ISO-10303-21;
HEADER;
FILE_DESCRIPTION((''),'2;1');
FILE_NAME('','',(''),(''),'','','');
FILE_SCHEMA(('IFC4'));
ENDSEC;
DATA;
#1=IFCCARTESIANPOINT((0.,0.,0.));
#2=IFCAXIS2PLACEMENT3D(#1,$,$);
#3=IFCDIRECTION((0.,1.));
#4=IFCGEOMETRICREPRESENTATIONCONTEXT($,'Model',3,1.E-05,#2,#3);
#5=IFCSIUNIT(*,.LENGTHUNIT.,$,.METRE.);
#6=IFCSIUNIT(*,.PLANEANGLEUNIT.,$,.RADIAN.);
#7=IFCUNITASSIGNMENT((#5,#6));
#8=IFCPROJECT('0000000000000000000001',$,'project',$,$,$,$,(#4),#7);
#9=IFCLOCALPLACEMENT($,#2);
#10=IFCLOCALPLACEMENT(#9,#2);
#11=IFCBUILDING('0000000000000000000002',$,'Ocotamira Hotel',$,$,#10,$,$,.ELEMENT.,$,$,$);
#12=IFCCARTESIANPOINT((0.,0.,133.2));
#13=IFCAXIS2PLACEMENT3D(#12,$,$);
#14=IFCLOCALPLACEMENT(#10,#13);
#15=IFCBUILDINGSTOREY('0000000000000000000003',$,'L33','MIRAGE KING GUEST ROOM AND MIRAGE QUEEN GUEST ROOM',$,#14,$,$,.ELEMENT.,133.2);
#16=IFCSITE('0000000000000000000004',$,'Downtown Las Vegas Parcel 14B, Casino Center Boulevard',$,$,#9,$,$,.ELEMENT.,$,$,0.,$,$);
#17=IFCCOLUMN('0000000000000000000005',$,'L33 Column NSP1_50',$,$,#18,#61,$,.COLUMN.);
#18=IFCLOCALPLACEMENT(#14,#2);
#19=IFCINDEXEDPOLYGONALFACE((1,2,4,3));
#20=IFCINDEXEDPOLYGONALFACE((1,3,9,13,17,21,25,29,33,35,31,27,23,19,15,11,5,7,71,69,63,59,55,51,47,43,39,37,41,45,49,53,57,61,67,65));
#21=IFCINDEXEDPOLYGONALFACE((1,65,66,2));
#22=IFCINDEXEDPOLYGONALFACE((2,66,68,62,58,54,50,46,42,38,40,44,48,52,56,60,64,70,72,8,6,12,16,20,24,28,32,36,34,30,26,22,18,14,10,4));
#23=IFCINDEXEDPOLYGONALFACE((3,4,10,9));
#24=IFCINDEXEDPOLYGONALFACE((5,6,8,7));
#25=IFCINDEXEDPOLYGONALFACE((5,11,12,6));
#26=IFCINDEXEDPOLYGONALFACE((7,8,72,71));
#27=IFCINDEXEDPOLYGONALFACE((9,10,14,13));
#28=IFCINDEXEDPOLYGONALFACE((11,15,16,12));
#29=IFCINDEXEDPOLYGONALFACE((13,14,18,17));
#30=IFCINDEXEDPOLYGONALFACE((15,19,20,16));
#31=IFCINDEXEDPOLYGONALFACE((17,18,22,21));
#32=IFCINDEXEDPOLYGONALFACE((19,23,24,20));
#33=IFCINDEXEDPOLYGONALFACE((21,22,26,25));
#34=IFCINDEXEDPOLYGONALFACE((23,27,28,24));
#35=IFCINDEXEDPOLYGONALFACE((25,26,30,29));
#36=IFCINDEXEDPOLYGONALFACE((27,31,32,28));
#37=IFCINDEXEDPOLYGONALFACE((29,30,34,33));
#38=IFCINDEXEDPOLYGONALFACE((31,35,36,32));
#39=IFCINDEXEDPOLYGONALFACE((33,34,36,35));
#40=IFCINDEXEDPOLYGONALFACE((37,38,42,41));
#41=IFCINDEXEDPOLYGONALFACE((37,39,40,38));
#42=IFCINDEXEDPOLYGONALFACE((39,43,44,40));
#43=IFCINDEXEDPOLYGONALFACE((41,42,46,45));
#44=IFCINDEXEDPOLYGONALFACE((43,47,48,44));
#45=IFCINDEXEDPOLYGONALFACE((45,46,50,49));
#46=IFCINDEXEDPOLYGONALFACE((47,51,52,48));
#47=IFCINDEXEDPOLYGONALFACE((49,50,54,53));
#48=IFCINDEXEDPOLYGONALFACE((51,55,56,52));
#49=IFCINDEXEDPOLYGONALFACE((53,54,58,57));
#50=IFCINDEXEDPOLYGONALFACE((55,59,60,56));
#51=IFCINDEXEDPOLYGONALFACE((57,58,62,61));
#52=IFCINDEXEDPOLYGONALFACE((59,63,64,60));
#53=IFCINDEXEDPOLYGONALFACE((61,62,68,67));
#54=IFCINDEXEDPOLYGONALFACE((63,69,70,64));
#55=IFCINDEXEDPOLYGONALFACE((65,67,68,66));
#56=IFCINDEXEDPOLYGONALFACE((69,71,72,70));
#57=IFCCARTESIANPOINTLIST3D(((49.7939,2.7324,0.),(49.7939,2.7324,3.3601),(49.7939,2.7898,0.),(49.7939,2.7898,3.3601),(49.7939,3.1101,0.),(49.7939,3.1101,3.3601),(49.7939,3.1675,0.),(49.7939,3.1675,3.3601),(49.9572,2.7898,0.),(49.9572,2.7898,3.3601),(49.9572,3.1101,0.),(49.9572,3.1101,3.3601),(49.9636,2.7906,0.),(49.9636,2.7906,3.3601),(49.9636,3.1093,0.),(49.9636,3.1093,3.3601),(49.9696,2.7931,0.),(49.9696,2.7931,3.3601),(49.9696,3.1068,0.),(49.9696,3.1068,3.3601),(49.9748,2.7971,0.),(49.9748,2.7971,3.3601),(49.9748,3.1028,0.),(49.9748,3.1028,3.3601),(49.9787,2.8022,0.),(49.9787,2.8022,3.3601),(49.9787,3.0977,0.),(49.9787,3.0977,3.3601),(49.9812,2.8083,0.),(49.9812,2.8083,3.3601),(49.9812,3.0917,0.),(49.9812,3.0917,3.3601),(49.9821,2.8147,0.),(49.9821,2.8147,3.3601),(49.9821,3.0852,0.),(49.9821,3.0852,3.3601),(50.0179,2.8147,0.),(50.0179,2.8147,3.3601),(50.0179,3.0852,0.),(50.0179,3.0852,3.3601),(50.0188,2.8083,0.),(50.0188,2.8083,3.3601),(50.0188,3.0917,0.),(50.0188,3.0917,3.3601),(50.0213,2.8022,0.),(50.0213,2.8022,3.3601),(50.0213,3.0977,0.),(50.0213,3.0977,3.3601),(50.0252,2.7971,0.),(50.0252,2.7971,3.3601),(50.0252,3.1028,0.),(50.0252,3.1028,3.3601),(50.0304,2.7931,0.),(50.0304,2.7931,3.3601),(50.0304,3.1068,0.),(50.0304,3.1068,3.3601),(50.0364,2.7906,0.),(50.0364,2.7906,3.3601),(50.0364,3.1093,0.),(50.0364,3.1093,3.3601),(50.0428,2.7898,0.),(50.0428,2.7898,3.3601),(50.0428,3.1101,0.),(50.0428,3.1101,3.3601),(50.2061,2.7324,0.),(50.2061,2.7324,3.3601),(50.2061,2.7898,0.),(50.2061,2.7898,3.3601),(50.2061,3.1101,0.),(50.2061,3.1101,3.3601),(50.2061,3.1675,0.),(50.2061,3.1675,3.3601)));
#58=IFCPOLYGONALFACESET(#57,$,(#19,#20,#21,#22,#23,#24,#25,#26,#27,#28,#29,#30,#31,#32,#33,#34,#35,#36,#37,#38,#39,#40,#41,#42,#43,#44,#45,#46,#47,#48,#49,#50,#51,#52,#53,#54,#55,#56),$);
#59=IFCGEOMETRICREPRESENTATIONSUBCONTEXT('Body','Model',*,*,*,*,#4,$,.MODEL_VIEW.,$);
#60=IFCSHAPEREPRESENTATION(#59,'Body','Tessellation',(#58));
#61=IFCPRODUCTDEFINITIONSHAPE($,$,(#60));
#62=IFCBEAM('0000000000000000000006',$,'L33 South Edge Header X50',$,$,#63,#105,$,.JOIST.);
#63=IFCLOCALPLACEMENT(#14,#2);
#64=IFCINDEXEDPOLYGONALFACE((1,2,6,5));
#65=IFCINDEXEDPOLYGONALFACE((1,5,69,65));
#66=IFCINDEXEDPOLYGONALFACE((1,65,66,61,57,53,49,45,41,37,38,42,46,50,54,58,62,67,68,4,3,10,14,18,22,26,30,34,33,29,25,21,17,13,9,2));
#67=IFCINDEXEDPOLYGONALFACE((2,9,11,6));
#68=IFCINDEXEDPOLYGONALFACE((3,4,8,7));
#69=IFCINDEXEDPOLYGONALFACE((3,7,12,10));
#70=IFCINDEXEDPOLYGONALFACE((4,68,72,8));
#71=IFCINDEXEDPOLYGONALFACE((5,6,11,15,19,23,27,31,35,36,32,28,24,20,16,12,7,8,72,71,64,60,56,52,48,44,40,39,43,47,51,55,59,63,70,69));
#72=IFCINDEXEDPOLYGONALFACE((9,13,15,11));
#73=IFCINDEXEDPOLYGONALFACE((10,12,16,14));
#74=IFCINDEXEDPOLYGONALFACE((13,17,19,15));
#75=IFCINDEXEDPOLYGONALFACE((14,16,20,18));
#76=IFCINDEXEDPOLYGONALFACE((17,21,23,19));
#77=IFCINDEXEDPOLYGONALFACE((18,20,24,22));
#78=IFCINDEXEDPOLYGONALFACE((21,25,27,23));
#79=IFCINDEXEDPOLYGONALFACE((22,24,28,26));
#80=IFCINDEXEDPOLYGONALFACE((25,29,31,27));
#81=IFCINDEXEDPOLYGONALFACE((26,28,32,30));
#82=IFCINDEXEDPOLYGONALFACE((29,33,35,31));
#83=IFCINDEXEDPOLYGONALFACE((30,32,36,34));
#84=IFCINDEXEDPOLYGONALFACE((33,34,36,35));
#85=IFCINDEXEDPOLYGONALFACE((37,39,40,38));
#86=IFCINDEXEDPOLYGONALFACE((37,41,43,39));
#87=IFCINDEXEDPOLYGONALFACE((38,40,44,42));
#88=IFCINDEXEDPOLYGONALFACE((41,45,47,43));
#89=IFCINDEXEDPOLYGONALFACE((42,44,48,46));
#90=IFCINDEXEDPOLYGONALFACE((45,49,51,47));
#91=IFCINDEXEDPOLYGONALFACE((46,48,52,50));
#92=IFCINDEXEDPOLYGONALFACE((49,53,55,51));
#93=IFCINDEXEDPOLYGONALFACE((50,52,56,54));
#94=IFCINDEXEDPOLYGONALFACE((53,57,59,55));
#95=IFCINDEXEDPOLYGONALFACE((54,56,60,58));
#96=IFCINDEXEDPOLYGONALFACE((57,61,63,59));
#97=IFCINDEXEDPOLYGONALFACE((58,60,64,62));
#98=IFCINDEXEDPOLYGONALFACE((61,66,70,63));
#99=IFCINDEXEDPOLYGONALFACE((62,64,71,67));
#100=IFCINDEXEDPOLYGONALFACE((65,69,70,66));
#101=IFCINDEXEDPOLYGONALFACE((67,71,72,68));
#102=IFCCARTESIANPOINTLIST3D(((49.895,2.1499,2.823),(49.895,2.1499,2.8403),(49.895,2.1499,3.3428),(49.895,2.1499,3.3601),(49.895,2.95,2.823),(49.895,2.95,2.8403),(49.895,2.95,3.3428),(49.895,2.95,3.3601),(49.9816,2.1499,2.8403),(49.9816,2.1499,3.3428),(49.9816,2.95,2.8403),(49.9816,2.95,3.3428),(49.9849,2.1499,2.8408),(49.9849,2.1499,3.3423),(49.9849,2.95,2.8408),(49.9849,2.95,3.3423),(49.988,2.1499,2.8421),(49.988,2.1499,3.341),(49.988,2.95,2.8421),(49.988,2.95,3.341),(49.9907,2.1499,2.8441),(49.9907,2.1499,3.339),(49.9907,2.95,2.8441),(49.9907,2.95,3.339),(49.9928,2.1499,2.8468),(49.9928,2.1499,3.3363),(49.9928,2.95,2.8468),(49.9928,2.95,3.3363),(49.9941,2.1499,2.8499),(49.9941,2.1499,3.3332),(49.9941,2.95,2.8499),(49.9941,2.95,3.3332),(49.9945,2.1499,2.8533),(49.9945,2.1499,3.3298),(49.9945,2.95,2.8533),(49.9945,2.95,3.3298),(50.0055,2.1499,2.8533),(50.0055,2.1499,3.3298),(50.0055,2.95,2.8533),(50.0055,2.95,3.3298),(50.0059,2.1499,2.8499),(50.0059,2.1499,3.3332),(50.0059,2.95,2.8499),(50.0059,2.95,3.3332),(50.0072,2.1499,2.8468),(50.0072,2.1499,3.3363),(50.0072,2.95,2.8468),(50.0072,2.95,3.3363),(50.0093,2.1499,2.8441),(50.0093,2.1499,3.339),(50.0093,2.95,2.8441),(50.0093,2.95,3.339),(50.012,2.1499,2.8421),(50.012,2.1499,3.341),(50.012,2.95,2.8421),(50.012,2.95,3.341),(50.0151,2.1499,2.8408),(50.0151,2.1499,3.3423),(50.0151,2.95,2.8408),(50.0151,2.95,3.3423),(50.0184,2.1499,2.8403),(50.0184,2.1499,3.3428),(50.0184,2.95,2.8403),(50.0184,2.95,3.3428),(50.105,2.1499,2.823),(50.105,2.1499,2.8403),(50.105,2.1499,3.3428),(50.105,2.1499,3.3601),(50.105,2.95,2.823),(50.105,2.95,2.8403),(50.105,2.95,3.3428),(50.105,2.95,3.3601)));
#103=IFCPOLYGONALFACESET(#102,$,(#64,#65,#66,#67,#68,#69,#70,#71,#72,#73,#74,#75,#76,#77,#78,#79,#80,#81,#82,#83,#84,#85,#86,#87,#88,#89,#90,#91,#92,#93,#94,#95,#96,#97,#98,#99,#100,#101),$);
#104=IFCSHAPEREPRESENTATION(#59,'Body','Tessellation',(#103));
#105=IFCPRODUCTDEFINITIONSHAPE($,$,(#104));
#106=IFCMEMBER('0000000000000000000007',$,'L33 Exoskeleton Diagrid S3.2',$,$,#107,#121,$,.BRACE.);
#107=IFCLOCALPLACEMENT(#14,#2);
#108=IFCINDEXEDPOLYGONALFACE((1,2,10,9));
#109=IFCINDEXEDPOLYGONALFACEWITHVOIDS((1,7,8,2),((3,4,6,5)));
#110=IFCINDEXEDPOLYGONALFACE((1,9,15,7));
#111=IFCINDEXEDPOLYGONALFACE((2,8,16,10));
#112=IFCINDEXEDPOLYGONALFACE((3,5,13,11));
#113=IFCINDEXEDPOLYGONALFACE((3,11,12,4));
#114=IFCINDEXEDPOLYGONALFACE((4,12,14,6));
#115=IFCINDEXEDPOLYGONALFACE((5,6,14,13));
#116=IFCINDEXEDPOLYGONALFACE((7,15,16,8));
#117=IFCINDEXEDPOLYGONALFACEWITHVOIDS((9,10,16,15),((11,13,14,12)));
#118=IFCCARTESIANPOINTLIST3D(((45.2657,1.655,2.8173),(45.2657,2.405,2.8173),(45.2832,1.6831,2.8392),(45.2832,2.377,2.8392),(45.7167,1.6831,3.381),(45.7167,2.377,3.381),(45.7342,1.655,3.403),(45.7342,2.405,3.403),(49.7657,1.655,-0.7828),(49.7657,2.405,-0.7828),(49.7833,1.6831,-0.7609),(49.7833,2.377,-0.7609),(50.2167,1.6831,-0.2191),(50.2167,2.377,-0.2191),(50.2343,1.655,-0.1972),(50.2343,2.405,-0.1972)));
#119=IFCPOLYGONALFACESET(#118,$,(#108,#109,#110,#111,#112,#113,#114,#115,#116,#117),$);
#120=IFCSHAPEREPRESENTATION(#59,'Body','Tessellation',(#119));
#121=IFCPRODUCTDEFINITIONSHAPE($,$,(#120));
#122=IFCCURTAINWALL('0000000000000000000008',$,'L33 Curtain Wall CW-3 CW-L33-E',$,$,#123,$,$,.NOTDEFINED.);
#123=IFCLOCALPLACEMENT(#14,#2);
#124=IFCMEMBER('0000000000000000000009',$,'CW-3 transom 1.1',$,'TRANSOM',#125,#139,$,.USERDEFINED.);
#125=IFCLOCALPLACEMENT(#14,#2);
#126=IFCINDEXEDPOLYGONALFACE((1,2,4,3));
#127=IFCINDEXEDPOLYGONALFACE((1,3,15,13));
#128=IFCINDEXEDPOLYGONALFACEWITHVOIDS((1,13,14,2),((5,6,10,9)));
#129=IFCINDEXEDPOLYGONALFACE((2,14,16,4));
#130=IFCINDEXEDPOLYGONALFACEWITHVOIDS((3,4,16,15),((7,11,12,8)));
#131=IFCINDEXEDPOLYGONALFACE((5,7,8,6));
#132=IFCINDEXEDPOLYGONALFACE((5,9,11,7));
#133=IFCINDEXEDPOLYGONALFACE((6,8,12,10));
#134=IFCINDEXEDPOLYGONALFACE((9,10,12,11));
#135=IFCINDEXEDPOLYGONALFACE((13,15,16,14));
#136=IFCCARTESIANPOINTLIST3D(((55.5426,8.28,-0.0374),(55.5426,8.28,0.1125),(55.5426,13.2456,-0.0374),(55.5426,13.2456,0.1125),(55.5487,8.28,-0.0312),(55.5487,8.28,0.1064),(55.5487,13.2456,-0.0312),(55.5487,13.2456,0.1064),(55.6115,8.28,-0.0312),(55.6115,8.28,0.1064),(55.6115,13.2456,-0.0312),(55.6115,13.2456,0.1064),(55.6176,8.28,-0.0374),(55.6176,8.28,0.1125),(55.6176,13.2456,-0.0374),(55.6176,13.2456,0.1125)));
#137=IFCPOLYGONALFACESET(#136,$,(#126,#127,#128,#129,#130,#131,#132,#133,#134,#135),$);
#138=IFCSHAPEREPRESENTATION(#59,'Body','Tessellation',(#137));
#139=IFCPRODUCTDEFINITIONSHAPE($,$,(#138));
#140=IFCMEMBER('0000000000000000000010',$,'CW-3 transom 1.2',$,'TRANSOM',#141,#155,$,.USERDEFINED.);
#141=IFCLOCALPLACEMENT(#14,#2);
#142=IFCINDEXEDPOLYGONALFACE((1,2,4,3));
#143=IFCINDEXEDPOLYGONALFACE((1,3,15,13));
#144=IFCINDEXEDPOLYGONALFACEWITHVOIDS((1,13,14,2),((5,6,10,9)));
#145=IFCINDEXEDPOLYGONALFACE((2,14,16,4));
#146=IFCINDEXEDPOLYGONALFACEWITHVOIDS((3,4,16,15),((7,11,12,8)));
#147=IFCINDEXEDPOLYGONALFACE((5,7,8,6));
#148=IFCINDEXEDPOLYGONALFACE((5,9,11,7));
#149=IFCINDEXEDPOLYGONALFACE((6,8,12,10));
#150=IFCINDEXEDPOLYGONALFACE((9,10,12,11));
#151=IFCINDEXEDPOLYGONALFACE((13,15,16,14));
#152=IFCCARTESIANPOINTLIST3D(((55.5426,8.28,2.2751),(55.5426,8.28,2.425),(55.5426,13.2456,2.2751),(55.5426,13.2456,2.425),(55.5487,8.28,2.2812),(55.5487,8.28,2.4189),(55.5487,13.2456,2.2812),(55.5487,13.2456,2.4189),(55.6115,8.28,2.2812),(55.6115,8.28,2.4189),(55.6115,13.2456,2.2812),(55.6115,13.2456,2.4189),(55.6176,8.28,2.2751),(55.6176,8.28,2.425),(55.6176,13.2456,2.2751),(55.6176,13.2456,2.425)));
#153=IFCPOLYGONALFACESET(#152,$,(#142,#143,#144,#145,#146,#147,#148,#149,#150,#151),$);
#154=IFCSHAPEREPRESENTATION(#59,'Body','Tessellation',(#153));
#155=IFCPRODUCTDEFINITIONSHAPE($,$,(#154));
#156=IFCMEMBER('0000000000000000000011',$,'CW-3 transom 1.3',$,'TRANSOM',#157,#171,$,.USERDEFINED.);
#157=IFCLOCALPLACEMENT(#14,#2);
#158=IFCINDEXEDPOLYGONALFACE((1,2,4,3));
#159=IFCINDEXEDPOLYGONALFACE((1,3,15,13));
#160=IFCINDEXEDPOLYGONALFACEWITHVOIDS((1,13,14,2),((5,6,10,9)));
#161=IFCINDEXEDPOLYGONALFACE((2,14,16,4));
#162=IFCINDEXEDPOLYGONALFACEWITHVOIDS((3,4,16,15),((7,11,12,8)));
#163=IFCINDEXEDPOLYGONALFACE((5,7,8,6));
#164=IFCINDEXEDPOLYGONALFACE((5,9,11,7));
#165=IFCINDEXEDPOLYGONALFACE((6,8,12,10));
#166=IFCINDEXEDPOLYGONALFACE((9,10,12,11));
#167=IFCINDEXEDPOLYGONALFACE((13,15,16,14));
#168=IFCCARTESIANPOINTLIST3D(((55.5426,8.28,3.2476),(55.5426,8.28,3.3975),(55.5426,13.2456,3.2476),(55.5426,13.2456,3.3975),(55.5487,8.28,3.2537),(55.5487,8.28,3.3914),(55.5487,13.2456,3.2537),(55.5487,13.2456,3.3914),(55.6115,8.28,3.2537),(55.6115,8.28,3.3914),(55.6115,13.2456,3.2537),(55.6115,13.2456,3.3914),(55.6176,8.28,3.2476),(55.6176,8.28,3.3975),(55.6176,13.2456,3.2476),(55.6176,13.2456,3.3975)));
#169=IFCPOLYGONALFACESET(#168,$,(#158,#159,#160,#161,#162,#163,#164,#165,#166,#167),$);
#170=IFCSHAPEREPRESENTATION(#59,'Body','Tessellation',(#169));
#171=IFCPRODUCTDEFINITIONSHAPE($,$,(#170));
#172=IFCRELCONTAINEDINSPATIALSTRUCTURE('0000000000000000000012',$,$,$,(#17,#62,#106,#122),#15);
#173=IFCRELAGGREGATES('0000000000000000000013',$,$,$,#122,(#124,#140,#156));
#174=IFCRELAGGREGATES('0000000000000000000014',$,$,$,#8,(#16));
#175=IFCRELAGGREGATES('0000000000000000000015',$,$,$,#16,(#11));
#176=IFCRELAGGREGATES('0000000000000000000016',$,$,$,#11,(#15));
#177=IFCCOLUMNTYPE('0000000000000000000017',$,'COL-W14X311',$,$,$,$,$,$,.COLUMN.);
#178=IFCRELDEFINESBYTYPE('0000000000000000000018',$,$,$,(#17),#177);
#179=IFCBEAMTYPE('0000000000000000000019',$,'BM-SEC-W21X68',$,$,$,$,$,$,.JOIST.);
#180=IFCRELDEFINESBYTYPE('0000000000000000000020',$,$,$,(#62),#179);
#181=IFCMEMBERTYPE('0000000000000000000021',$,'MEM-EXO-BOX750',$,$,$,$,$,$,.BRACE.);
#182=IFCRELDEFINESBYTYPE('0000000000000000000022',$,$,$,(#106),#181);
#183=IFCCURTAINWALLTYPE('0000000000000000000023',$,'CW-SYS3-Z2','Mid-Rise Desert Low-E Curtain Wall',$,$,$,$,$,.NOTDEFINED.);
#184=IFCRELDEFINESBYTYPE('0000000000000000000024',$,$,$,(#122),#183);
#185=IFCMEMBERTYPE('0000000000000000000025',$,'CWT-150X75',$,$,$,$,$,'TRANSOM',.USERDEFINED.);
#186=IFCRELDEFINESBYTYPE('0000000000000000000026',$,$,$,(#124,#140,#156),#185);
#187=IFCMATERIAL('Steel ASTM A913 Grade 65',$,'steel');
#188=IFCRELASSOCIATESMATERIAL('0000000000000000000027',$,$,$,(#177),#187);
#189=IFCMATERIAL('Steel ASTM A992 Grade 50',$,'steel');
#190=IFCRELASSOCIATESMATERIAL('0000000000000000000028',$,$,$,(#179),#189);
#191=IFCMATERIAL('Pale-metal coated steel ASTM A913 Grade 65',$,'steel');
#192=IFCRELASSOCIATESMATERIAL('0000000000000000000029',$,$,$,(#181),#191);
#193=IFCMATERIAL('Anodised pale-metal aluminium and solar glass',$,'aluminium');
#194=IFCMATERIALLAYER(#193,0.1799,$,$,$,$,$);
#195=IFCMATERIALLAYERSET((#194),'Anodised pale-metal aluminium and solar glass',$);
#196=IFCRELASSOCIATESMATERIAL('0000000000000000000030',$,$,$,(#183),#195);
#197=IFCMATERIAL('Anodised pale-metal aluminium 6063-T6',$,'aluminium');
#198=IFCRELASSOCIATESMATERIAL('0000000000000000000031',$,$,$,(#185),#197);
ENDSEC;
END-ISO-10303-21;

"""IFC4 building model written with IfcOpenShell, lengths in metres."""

from ifc_helpers import new_model, si_unit, direction, frame, origin, origin_2d, place, context, subcontext, project, spatial, hollow_rectangle, i_section, extrude, source, transform, mapped, material, layer, layer_set, material_profile, profile_set, type_object, element, aggregate, save


model = new_model("IFC4")

# Units and contexts
model_context = context("Model", 3, precision=1e-05, world=origin(), true_north=direction((0.0, 1.0)))
body_context = subcontext(model_context, "Body", "Model", "MODEL_VIEW")
ifc_project = project(units=[si_unit("LENGTHUNIT", "METRE"), si_unit("PLANEANGLEUNIT", "RADIAN")], contexts=[model_context])

# Site, building, storey
site_placement = place(None, origin())
site = spatial("IfcSite", under=ifc_project, at=site_placement, Name="Downtown Las Vegas Parcel 14B, Casino Center Boulevard", CompositionType="ELEMENT", RefElevation=0.0)
building_placement = place(site_placement, origin())
building = spatial("IfcBuilding", under=site, at=building_placement, Name="Ocotamira Hotel", CompositionType="ELEMENT")
storey_placement = place(building_placement, frame((0.0, 0.0, 133.2)))
storey = spatial("IfcBuildingStorey", under=building, at=storey_placement, Name="L33", Description="MIRAGE KING GUEST ROOM AND MIRAGE QUEEN GUEST ROOM", CompositionType="ELEMENT", Elevation=133.2)

# Column
ifc_material_1 = material(Name="Steel ASTM A913 Grade 65", Category="steel")
ifc_material_profile_1 = material_profile(ifc_material_1, i_section(OverallWidth=0.4121, OverallDepth=0.4351, WebThickness=0.0359, FlangeThickness=0.0574, FilletRadius=0.0249, at=origin_2d()), Name="W14X311")
ifc_profile_set_1 = profile_set([ifc_material_profile_1], Name="Steel ASTM A913 Grade 65")
column_type = type_object("IfcColumnType", Name="COL-W14X311", PredefinedType="COLUMN", material=ifc_profile_set_1)
shared_shape_1 = source(origin(), body_context, "Body", "SweptSolid", [
    extrude(i_section(OverallWidth=0.4121, OverallDepth=0.4351, WebThickness=0.0359, FlangeThickness=0.0574, FilletRadius=0.0249, at=origin_2d()), origin(), (0.0, 0.0, 1.0), 3.3601),
])
column_placement = place(storey_placement, frame((50.0, 2.95, 0.0), z_axis=(0.0, 0.0, 1.0), x_axis=(1.0, 0.0, 0.0)))
element("IfcColumn", 1, at=column_placement, inside=storey, type_object=column_type, Name="L33 Column NSP1_50", PredefinedType="COLUMN", context=body_context, shape_type="MappedRepresentation", body=[
    mapped(shared_shape_1, transform((0.0, 0.0, 0.0), scale=1.0)),
])

# Beam
ifc_material_2 = material(Name="Steel ASTM A992 Grade 50", Category="steel")
ifc_material_profile_2 = material_profile(ifc_material_2, i_section(OverallWidth=0.21, OverallDepth=0.5371, WebThickness=0.011, FlangeThickness=0.0173, FilletRadius=0.0129, at=origin_2d()), Name="W21X68")
ifc_profile_set_2 = profile_set([ifc_material_profile_2], Name="Steel ASTM A992 Grade 50")
beam_type = type_object("IfcBeamType", Name="BM-SEC-W21X68", PredefinedType="JOIST", material=ifc_profile_set_2)
shared_shape_2 = source(origin(), body_context, "Body", "SweptSolid", [
    extrude(i_section(OverallWidth=0.21, OverallDepth=0.5371, WebThickness=0.011, FlangeThickness=0.0173, FilletRadius=0.0129, at=origin_2d()), origin(), (0.0, 0.0, 1.0), 0.8),
])
beam_placement = place(storey_placement, frame((50.0, 2.95, 3.0916), z_axis=(0.0, -1.0, 0.0), x_axis=(1.0, 0.0, 0.0)))
element("IfcBeam", 2, at=beam_placement, inside=storey, type_object=beam_type, Name="L33 South Edge Header X50", PredefinedType="JOIST", context=body_context, shape_type="MappedRepresentation", body=[
    mapped(shared_shape_2, transform((0.0, 0.0, 0.0), scale=1.0)),
])

# Member
ifc_material_3 = material(Name="Pale-metal coated steel ASTM A913 Grade 65", Category="steel")
ifc_material_profile_3 = material_profile(ifc_material_3, hollow_rectangle(XDim=0.75, YDim=0.75, WallThickness=0.0281, at=origin_2d()), Name="BOX750X750X28")
ifc_profile_set_3 = profile_set([ifc_material_profile_3], Name="Pale-metal coated steel ASTM A913 Grade 65")
member_type_1 = type_object("IfcMemberType", Name="MEM-EXO-BOX750", PredefinedType="BRACE", material=ifc_profile_set_3)
shared_shape_3 = source(origin(), body_context, "Body", "SweptSolid", [
    extrude(hollow_rectangle(XDim=0.75, YDim=0.75, WallThickness=0.0281, at=origin_2d()), origin(), (0.0, 0.0, 1.0), 5.7629),
])
member_1_placement = place(storey_placement, frame((50.0, 2.03, -0.49), z_axis=(-0.780861, 0.0, 0.624705), x_axis=(0.0, -1.0, 0.0)))
element("IfcMember", 3, at=member_1_placement, inside=storey, type_object=member_type_1, Name="L33 Exoskeleton Diagrid S3.2", PredefinedType="BRACE", context=body_context, shape_type="MappedRepresentation", body=[
    mapped(shared_shape_3, transform((0.0, 0.0, 0.0), scale=1.0)),
])

# Curtain wall, members
ifc_material_4 = material(Name="Anodised pale-metal aluminium and solar glass", Category="aluminium")
ifc_layer_1 = layer(ifc_material_4, 0.1799)
ifc_layer_set_1 = layer_set([ifc_layer_1], Name="Anodised pale-metal aluminium and solar glass")
curtain_wall_type = type_object("IfcCurtainWallType", Name="CW-SYS3-Z2", Description="Mid-Rise Desert Low-E Curtain Wall", PredefinedType="NOTDEFINED", material=ifc_layer_set_1)
curtain_wall_placement = place(storey_placement, origin())
curtain_wall = element("IfcCurtainWall", 4, at=curtain_wall_placement, inside=storey, type_object=curtain_wall_type, Name="L33 Curtain Wall CW-3 CW-L33-E", PredefinedType="NOTDEFINED")
ifc_material_5 = material(Name="Anodised pale-metal aluminium 6063-T6", Category="aluminium")
ifc_material_profile_4 = material_profile(ifc_material_5, hollow_rectangle(XDim=0.075, YDim=0.1499, WallThickness=0.0061, at=origin_2d()), Name="HSS150X75X6")
ifc_profile_set_4 = profile_set([ifc_material_profile_4], Name="Anodised pale-metal aluminium 6063-T6")
member_type_2 = type_object("IfcMemberType", Name="CWT-150X75", ElementType="TRANSOM", PredefinedType="USERDEFINED", material=ifc_profile_set_4)
shared_shape_4 = source(origin(), body_context, "Body", "SweptSolid", [
    extrude(hollow_rectangle(XDim=0.075, YDim=0.1499, WallThickness=0.0061, at=origin_2d()), origin(), (0.0, 0.0, 1.0), 4.9656),
])
member_2_placement = place(storey_placement, frame((55.5801, 8.28, 0.0376), z_axis=(0.0, 1.0, 0.0), x_axis=(-1.0, 0.0, 0.0)))
member_2 = element("IfcMember", 5, at=member_2_placement, type_object=member_type_2, Name="CW-3 transom 1.1", ObjectType="TRANSOM", PredefinedType="USERDEFINED", context=body_context, shape_type="MappedRepresentation", body=[
    mapped(shared_shape_4, transform((0.0, 0.0, 0.0), scale=1.0)),
])
member_3_placement = place(storey_placement, frame((55.5801, 8.28, 2.3501), z_axis=(0.0, 1.0, 0.0), x_axis=(-1.0, 0.0, 0.0)))
member_3 = element("IfcMember", 6, at=member_3_placement, type_object=member_type_2, Name="CW-3 transom 1.2", ObjectType="TRANSOM", PredefinedType="USERDEFINED", context=body_context, shape_type="MappedRepresentation", body=[
    mapped(shared_shape_4, transform((0.0, 0.0, 0.0), scale=1.0)),
])
member_4_placement = place(storey_placement, frame((55.5801, 8.28, 3.3225), z_axis=(0.0, 1.0, 0.0), x_axis=(-1.0, 0.0, 0.0)))
member_4 = element("IfcMember", 7, at=member_4_placement, type_object=member_type_2, Name="CW-3 transom 1.3", ObjectType="TRANSOM", PredefinedType="USERDEFINED", context=body_context, shape_type="MappedRepresentation", body=[
    mapped(shared_shape_4, transform((0.0, 0.0, 0.0), scale=1.0)),
])
aggregate(curtain_wall, [member_2, member_3, member_4])

save(model, "model.ifc")
